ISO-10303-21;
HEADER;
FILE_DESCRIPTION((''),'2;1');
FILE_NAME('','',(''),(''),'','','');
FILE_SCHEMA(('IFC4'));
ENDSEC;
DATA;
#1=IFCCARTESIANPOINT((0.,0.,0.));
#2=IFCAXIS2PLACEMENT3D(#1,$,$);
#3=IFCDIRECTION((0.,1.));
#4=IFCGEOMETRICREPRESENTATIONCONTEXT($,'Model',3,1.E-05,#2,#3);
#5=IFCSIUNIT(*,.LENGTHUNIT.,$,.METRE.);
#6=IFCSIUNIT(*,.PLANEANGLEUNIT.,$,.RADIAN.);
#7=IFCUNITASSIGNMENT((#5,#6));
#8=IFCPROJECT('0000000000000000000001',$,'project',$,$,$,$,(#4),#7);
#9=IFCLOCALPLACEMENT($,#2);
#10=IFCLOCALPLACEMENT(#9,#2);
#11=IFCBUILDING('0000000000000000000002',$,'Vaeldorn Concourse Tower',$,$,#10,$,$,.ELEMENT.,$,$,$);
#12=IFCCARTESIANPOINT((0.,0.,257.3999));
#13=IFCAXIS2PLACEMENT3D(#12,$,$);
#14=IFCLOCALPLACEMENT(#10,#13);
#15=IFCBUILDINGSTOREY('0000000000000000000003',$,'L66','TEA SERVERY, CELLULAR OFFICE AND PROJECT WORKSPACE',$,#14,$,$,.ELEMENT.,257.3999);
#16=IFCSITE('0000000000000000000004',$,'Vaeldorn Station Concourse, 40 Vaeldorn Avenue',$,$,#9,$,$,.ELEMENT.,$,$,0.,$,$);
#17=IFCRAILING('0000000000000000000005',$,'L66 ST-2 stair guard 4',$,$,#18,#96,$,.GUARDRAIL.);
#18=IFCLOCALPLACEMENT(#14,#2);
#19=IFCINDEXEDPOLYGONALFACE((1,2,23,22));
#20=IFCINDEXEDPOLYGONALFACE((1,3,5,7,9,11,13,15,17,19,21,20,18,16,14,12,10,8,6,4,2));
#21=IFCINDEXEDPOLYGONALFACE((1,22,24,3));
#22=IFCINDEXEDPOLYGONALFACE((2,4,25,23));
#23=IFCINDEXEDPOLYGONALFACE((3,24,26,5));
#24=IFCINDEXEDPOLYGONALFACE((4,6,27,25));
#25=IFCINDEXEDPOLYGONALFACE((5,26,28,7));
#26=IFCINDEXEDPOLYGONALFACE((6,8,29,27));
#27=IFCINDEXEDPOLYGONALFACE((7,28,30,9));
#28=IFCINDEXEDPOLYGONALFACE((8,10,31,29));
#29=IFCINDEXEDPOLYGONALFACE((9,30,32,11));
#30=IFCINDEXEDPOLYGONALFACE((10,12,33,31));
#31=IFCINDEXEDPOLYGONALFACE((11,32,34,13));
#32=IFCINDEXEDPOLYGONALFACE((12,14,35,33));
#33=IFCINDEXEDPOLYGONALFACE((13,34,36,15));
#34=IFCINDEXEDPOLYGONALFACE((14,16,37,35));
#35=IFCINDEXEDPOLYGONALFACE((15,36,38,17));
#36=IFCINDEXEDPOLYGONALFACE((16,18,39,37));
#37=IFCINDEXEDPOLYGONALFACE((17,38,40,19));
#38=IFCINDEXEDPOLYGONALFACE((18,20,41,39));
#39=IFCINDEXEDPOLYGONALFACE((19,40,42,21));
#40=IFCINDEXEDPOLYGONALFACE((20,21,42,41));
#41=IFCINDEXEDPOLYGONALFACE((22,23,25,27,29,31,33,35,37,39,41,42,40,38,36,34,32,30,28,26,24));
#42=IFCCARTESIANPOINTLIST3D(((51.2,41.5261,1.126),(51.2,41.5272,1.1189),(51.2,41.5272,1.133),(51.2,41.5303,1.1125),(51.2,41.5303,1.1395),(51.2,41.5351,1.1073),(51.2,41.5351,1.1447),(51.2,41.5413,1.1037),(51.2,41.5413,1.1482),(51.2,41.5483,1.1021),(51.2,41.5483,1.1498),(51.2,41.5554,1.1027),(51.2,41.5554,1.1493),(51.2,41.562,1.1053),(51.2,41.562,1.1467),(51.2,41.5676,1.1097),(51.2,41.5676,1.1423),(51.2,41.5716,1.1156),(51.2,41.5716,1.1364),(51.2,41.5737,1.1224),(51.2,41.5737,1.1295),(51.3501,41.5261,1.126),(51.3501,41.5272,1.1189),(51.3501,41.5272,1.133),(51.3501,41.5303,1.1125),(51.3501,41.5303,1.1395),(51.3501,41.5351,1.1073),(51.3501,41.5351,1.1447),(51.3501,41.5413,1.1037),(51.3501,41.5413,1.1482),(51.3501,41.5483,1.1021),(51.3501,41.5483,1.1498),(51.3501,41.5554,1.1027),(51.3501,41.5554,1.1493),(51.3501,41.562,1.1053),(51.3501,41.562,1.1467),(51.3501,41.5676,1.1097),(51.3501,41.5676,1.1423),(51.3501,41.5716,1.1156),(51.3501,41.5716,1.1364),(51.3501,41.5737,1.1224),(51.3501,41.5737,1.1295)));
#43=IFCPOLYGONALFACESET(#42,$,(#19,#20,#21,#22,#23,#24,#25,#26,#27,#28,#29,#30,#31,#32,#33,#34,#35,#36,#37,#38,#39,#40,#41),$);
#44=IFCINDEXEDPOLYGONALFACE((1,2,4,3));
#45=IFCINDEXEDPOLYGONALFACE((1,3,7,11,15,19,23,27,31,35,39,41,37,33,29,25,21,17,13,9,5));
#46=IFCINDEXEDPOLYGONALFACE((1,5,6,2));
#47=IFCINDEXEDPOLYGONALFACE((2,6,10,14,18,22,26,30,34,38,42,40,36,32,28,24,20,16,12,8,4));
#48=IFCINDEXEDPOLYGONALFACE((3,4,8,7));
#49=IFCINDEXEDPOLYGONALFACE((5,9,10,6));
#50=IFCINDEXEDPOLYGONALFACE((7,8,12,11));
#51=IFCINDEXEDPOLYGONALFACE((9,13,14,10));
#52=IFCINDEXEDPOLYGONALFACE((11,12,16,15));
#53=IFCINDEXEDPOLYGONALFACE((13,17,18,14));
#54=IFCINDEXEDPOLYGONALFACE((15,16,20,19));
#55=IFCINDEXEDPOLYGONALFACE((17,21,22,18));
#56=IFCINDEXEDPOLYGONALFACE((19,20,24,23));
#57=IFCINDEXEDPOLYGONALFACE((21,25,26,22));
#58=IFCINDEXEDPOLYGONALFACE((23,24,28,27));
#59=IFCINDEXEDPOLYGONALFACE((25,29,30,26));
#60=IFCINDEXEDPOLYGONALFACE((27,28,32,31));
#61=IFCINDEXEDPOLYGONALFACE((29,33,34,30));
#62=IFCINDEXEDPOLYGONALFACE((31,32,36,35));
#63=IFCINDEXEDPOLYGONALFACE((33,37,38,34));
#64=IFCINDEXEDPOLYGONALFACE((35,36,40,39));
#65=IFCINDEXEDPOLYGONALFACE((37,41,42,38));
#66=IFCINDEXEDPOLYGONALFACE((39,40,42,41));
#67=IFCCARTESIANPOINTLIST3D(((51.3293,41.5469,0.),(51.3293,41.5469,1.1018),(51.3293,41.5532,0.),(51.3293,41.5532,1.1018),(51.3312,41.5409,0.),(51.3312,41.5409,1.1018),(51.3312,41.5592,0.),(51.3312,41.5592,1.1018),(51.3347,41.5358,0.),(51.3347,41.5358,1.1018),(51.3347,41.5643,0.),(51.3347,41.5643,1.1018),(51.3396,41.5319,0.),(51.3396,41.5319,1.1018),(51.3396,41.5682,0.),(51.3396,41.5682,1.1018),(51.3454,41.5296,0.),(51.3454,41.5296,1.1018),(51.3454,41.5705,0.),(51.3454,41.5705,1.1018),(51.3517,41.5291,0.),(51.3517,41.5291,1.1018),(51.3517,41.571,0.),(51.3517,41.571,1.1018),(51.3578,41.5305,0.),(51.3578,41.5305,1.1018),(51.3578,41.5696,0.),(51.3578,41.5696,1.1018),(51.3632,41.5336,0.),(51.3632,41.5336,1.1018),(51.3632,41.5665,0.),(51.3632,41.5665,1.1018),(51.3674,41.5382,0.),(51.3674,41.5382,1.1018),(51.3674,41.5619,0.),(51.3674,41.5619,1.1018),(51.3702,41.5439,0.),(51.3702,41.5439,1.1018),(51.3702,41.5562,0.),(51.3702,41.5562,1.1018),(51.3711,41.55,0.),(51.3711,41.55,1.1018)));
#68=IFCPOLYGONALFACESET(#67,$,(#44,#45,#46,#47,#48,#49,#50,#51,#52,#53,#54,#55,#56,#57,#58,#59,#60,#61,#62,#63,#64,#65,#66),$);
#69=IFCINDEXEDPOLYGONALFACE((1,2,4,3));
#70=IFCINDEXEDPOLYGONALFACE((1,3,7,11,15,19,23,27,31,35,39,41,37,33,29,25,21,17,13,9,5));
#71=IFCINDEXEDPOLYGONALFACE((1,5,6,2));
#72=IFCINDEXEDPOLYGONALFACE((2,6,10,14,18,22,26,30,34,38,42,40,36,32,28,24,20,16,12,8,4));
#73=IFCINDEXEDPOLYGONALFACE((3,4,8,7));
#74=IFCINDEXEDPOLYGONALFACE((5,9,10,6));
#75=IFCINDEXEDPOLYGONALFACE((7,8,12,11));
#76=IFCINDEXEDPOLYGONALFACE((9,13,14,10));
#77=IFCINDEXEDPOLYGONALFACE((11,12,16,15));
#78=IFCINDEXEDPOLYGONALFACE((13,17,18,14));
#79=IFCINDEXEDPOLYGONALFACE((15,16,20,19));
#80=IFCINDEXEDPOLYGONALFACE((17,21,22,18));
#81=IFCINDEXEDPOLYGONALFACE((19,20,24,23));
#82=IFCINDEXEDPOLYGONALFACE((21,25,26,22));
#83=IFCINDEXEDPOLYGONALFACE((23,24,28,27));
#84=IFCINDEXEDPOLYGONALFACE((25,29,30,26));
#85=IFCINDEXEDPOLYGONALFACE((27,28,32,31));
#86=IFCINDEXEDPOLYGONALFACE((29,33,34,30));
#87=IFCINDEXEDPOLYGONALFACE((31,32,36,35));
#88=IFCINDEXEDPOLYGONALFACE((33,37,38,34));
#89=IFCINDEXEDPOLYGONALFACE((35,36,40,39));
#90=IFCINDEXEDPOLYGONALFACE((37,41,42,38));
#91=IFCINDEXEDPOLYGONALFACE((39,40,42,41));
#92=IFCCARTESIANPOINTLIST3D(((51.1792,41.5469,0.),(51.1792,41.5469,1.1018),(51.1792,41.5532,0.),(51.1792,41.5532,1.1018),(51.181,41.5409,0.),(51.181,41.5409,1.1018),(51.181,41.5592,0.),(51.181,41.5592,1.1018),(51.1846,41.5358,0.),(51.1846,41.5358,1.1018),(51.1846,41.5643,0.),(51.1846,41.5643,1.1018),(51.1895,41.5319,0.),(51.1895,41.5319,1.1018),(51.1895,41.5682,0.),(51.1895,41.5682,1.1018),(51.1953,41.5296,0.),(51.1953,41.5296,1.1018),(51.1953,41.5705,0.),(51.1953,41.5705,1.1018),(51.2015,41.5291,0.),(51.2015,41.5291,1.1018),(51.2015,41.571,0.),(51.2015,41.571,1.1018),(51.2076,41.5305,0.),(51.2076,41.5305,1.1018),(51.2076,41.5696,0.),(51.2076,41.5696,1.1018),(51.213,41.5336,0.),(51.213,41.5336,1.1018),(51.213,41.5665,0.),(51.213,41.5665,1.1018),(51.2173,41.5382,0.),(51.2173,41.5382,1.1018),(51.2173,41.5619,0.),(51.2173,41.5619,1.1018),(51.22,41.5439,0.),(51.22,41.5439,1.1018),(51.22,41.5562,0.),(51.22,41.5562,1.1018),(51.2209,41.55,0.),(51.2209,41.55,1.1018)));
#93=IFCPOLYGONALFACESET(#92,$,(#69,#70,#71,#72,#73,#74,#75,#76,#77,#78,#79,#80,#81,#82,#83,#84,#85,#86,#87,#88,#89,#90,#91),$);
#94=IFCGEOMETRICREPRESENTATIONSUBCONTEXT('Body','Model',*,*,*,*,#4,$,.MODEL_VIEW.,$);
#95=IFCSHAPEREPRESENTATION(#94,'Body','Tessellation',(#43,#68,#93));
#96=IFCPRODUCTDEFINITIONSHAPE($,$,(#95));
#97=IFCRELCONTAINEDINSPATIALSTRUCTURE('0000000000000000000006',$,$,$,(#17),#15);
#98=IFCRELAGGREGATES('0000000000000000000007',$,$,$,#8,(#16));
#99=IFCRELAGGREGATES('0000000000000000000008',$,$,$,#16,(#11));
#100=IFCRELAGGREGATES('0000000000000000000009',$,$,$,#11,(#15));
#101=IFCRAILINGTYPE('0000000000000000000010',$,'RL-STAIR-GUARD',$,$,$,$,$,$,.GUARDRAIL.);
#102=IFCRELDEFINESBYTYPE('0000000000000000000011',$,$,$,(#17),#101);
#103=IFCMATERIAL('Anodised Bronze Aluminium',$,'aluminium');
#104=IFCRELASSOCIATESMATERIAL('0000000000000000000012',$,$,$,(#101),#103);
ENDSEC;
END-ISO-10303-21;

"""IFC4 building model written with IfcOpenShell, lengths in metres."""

from ifc_helpers import new_model, si_unit, direction, frame, origin, origin_2d, place, context, subcontext, project, spatial, circle, extrude, material, type_object, element, save


model = new_model("IFC4")

# Units and contexts
model_context = context("Model", 3, precision=1e-05, world=origin(), true_north=direction((0.0, 1.0)))
body_context = subcontext(model_context, "Body", "Model", "MODEL_VIEW")
ifc_project = project(units=[si_unit("LENGTHUNIT", "METRE"), si_unit("PLANEANGLEUNIT", "RADIAN")], contexts=[model_context])

# Site, building, storey
site_placement = place(None, origin())
site = spatial("IfcSite", under=ifc_project, at=site_placement, Name="Vaeldorn Station Concourse, 40 Vaeldorn Avenue", CompositionType="ELEMENT", RefElevation=0.0)
building_placement = place(site_placement, origin())
building = spatial("IfcBuilding", under=site, at=building_placement, Name="Vaeldorn Concourse Tower", CompositionType="ELEMENT")
storey_placement = place(building_placement, frame((0.0, 0.0, 257.3999)))
storey = spatial("IfcBuildingStorey", under=building, at=storey_placement, Name="L66", Description="TEA SERVERY, CELLULAR OFFICE AND PROJECT WORKSPACE", CompositionType="ELEMENT", Elevation=257.3999)

# Shared definitions
ifc_material_1 = material(Name="Anodised Bronze Aluminium", Category="aluminium")

# Railing
railing_type_1 = type_object("IfcRailingType", Name="RL-STAIR-GUARD", PredefinedType="GUARDRAIL", material=ifc_material_1)
railing_1_placement = place(storey_placement, frame((51.3501, 41.55, 0.0)))
element("IfcRailing", 1, at=railing_1_placement, inside=storey, type_object=railing_type_1, Name="L66 ST-2 stair guard 4", PredefinedType="GUARDRAIL", context=body_context, shape_type="SweptSolid", body=[
    extrude(circle(Radius=0.0239, at=origin_2d()), frame((0.0, 0.0, 1.126), z_axis=(-1.0, 0.0, 0.0), x_axis=(0.0, -1.0, 0.0)), (0.0, 0.0, 1.0), 0.1501),
    extrude(circle(Radius=0.021, at=origin_2d()), origin(), (0.0, 0.0, 1.0), 1.1018),
    extrude(circle(Radius=0.021, at=origin_2d()), frame((-0.1501, 0.0, 0.0)), (0.0, 0.0, 1.0), 1.1018),
])

save(model, "model.ifc")
